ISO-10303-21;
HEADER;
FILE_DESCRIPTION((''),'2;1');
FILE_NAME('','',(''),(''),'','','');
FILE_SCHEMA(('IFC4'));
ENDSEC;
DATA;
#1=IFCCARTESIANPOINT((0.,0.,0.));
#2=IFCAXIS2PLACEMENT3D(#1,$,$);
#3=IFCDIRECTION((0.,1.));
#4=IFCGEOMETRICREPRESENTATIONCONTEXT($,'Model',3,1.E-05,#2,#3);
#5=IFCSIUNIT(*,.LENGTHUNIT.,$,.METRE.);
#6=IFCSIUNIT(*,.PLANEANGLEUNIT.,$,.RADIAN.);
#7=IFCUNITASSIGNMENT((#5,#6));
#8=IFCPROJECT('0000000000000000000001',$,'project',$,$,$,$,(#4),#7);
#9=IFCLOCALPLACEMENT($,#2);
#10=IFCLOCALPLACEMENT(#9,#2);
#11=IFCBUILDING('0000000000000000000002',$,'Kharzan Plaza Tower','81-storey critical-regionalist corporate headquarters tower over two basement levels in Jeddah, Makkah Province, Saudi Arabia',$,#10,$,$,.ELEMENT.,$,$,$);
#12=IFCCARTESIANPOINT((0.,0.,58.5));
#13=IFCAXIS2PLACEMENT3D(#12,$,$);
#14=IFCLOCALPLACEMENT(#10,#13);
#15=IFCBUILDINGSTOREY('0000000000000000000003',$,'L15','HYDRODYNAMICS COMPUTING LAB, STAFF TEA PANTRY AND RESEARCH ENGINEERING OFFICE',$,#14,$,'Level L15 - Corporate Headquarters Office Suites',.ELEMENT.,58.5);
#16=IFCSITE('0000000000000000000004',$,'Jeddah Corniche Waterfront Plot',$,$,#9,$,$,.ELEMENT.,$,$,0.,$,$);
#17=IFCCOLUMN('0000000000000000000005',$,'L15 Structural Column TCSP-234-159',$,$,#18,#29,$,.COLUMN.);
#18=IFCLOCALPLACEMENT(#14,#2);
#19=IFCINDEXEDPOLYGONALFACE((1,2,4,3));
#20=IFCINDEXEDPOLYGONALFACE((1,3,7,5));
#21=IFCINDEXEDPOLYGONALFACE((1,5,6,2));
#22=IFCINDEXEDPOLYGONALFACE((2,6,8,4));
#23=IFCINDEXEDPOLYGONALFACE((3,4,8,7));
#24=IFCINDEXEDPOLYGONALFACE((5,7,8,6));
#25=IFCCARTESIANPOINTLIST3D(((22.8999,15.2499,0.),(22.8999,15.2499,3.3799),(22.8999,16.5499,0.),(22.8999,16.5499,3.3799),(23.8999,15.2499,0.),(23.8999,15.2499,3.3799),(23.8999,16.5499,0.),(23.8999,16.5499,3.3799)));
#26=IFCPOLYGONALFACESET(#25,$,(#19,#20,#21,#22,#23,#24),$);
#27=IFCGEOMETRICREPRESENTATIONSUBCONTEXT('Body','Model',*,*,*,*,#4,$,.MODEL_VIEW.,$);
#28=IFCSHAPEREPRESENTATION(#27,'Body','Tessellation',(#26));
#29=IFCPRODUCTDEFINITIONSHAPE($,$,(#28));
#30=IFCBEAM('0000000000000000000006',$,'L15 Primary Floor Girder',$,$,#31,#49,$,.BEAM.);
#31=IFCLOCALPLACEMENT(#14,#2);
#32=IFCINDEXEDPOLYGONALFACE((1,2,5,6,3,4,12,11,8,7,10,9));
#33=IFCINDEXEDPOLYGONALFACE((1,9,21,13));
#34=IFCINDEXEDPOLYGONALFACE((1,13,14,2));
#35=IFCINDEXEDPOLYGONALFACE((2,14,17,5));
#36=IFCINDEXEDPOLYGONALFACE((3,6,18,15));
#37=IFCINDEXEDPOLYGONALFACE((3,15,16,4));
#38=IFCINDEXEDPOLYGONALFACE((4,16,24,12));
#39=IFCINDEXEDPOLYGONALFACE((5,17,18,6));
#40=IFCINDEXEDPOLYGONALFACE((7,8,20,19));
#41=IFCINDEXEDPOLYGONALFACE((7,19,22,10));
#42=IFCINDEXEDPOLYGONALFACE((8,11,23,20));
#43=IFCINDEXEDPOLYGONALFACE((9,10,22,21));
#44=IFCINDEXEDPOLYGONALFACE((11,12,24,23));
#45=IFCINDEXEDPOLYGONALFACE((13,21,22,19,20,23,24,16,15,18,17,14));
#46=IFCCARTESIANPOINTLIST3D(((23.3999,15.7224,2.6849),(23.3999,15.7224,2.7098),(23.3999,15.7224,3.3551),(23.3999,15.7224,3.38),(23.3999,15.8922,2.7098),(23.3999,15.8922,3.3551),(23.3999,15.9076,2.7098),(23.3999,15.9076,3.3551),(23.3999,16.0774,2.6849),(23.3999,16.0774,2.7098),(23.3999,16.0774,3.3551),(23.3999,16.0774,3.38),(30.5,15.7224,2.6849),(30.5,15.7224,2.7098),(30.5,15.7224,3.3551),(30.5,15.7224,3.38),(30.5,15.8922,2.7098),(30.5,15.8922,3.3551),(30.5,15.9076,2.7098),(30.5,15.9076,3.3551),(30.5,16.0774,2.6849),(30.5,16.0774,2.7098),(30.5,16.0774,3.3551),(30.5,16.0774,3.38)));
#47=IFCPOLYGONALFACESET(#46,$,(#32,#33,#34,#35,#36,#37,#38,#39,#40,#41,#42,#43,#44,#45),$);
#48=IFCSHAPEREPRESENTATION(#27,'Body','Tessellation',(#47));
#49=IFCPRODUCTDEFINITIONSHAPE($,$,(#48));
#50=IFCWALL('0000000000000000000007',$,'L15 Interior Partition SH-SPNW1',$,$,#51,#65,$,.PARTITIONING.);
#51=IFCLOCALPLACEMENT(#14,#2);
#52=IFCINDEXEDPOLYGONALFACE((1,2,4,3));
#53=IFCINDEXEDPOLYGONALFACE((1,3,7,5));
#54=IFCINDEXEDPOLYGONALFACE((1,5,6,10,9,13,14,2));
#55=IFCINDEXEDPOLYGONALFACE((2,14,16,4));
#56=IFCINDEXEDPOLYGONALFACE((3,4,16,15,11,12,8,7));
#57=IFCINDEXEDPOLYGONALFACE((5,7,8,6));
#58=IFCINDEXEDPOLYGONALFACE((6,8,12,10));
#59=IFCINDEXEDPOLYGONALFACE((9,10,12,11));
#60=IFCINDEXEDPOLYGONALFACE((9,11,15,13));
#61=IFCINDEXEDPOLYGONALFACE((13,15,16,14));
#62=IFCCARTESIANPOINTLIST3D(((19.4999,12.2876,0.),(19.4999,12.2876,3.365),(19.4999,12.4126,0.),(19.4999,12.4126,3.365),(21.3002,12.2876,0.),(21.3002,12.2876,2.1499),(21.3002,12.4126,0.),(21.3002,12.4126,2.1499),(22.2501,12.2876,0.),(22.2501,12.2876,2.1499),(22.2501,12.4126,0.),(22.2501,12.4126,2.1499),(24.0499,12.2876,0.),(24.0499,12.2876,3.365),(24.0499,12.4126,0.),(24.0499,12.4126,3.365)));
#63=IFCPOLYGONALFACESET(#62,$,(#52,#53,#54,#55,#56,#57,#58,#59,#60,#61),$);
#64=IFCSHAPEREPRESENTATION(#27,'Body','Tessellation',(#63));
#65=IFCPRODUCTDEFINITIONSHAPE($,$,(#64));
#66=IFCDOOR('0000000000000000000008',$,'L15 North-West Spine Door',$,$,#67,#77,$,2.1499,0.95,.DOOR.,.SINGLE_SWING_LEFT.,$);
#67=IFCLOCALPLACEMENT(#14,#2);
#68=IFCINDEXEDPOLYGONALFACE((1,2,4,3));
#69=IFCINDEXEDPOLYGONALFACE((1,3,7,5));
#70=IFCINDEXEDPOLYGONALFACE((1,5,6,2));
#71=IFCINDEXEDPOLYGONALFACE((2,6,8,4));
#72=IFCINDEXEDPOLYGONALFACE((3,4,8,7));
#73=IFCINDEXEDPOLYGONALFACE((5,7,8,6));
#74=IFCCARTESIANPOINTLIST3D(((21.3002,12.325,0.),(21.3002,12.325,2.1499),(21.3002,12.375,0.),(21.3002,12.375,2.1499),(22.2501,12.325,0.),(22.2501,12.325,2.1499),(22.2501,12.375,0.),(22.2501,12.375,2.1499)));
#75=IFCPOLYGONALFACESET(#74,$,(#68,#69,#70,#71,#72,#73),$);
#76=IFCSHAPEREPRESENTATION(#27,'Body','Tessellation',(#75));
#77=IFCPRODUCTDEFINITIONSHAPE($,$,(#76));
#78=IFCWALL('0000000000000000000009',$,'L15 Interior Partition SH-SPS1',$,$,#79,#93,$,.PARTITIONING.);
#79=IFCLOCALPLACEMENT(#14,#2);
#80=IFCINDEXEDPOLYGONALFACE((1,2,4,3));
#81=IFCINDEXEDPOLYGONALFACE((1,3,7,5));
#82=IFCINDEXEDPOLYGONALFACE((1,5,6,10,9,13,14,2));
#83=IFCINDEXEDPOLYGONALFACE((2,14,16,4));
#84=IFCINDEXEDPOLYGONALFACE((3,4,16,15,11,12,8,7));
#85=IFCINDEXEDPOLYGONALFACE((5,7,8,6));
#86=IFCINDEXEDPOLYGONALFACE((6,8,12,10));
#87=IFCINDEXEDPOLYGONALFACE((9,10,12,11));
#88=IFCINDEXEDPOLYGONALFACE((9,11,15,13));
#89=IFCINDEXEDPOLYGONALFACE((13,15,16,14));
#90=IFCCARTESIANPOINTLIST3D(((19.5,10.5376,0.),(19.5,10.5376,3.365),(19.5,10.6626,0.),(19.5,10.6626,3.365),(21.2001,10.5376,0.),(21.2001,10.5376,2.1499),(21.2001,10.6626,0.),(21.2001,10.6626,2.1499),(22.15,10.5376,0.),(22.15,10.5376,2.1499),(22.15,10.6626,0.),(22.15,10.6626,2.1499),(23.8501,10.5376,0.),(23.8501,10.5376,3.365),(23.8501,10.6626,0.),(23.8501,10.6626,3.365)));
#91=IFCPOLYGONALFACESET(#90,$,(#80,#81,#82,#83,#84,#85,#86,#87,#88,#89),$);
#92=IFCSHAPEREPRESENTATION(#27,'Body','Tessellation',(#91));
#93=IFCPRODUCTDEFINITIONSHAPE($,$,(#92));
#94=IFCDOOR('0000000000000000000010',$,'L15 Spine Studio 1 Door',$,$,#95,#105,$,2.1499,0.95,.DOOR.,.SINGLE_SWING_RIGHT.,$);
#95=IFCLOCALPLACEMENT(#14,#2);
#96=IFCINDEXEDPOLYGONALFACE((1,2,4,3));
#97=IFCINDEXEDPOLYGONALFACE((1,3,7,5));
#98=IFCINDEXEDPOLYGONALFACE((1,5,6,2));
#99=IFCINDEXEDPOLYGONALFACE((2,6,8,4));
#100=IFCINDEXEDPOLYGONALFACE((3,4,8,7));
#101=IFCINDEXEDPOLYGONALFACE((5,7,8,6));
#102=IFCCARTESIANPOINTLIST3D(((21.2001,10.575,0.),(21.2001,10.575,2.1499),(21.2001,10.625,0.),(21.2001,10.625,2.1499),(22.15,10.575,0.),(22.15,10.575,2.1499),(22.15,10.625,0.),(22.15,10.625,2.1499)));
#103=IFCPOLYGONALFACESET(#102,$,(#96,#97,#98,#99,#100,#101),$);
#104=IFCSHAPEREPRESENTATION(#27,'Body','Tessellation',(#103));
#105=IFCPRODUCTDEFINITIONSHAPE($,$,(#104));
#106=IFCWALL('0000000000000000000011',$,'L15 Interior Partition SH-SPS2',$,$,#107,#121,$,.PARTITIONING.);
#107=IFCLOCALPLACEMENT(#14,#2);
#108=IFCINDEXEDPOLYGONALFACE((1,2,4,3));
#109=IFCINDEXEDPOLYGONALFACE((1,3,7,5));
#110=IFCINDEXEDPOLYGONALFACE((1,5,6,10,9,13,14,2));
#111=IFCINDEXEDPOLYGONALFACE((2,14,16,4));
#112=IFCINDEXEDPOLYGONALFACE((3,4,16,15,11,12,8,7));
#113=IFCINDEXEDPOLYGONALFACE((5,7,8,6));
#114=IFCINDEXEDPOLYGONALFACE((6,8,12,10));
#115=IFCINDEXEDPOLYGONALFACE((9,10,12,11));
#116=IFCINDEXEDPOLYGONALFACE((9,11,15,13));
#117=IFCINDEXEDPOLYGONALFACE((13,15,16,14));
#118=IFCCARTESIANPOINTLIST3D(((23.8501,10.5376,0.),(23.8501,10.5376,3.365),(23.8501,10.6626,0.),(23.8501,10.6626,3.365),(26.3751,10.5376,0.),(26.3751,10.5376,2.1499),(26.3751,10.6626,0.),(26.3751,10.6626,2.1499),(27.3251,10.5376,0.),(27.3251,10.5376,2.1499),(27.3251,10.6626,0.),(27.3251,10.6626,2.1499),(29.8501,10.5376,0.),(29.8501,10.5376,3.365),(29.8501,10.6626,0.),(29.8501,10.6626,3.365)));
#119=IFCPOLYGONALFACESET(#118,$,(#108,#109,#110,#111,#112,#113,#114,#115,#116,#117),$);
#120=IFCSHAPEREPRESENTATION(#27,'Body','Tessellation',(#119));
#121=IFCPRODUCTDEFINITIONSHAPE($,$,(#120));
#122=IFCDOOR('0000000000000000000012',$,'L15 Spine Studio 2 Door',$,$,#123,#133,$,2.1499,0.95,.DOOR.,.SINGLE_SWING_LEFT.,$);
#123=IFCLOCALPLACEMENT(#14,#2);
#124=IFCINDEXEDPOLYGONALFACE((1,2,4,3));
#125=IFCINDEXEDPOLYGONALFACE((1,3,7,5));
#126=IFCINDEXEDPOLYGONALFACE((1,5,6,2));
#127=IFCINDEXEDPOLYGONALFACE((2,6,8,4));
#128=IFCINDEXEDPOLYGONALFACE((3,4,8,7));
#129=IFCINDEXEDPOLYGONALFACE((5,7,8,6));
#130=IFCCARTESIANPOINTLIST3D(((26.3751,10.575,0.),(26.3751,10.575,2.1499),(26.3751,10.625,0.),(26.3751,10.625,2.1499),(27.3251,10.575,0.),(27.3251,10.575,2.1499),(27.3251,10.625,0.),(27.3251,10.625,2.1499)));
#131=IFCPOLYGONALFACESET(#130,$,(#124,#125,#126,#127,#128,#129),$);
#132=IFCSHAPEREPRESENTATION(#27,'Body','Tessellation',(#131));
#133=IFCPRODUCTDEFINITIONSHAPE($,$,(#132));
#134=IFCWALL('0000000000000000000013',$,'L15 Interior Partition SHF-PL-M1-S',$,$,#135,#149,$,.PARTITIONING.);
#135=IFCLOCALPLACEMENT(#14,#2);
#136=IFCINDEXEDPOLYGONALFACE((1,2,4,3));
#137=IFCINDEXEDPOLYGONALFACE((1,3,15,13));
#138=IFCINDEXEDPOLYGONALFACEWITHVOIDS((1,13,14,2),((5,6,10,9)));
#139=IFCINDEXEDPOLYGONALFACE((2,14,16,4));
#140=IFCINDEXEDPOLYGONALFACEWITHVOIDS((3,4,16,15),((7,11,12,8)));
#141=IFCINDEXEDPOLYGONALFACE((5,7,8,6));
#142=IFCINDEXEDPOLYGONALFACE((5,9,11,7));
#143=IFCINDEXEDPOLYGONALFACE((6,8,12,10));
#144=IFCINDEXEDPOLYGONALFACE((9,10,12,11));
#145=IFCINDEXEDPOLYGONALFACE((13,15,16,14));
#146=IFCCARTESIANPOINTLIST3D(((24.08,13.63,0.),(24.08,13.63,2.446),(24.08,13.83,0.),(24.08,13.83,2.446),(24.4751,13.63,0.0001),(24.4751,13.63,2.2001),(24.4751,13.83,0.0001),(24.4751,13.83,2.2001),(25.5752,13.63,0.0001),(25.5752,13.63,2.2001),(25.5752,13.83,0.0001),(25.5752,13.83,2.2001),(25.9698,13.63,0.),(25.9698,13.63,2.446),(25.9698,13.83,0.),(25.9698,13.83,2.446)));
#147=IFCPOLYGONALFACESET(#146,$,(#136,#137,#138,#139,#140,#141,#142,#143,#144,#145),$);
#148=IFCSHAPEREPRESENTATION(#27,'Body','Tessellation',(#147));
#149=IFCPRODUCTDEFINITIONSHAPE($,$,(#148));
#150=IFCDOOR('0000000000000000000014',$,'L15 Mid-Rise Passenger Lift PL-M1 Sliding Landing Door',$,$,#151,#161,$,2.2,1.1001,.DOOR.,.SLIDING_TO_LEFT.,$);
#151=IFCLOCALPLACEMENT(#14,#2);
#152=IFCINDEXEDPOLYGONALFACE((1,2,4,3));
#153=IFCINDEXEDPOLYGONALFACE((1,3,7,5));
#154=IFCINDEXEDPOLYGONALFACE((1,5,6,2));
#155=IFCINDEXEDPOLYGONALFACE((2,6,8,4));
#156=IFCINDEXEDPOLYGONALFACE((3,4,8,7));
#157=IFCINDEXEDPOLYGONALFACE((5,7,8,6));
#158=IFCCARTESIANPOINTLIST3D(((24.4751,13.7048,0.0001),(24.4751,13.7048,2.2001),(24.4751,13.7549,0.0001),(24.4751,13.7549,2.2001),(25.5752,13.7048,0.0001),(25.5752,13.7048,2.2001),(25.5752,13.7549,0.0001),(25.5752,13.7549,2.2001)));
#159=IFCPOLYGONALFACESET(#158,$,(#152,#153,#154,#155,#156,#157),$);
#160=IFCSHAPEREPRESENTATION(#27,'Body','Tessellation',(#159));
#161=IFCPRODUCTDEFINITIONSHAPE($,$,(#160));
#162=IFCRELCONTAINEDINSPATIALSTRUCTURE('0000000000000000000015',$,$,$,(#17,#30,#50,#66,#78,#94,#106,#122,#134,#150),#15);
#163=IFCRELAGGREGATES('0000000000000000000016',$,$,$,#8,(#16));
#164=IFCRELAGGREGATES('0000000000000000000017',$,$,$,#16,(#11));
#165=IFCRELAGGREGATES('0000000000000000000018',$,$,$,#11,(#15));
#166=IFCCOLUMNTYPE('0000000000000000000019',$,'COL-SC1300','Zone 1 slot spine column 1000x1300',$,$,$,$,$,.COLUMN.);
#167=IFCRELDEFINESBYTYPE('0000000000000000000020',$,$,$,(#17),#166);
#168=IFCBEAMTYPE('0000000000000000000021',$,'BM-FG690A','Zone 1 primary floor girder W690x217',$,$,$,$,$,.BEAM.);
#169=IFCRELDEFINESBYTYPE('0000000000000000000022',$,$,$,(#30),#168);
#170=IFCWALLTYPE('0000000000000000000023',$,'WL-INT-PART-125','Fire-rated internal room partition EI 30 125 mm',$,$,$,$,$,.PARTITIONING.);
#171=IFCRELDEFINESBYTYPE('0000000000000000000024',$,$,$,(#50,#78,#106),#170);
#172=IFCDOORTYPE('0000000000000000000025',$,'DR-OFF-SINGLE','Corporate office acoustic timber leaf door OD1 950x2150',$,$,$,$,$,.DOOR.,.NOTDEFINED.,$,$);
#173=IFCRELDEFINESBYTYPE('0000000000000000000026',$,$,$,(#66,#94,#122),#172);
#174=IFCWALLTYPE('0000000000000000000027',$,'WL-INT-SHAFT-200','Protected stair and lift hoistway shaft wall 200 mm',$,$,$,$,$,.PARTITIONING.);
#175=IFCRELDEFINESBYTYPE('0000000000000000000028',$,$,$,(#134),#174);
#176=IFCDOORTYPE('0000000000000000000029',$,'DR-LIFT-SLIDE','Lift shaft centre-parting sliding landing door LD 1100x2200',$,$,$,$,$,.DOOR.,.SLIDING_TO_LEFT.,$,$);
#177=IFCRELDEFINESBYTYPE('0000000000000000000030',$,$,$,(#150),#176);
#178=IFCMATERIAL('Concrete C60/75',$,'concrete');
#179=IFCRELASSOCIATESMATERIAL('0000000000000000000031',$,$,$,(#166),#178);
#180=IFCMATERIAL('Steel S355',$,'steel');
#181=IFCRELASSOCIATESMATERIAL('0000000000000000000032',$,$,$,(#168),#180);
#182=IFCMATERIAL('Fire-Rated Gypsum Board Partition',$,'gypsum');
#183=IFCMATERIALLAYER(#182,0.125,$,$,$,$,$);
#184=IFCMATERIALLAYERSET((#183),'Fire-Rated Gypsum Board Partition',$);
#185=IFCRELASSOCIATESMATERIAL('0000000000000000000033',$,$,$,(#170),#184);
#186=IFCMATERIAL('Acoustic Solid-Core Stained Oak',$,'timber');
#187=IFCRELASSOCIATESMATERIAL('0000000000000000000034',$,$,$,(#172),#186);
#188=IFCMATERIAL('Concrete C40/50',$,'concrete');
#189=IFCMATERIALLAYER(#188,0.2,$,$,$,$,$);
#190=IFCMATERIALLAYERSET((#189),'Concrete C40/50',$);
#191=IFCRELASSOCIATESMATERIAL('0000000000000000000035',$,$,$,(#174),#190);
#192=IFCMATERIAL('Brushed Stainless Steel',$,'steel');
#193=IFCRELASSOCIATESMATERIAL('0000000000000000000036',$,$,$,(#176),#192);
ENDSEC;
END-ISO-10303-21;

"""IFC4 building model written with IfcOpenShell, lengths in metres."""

from ifc_helpers import new_model, si_unit, direction, frame, frame_2d, origin, origin_2d, place, context, subcontext, project, spatial, rectangle, i_section, extrude, source, transform, mapped, material, layer, layer_set, material_profile, profile_set, type_object, element, fill, save


model = new_model("IFC4")

# Units and contexts
model_context = context("Model", 3, precision=1e-05, world=origin(), true_north=direction((0.0, 1.0)))
body_context = subcontext(model_context, "Body", "Model", "MODEL_VIEW")
ifc_project = project(units=[si_unit("LENGTHUNIT", "METRE"), si_unit("PLANEANGLEUNIT", "RADIAN")], contexts=[model_context])

# Site, building, storey
site_placement = place(None, origin())
site = spatial("IfcSite", under=ifc_project, at=site_placement, Name="Jeddah Corniche Waterfront Plot", CompositionType="ELEMENT", RefElevation=0.0)
building_placement = place(site_placement, origin())
building = spatial("IfcBuilding", under=site, at=building_placement, Name="Kharzan Plaza Tower", Description="81-storey critical-regionalist corporate headquarters tower over two basement levels in Jeddah, Makkah Province, Saudi Arabia", CompositionType="ELEMENT")
storey_placement = place(building_placement, frame((0.0, 0.0, 58.5)))
storey = spatial("IfcBuildingStorey", under=building, at=storey_placement, Name="L15", Description="HYDRODYNAMICS COMPUTING LAB, STAFF TEA PANTRY AND RESEARCH ENGINEERING OFFICE", LongName="Level L15 - Corporate Headquarters Office Suites", CompositionType="ELEMENT", Elevation=58.5)

# Column
ifc_material_1 = material(Name="Concrete C60/75", Category="concrete")
ifc_material_profile_1 = material_profile(ifc_material_1, rectangle(XDim=1.0, YDim=1.3, at=origin_2d()), Name="RC-SC1300x1000")
ifc_profile_set_1 = profile_set([ifc_material_profile_1], Name="Concrete C60/75")
column_type = type_object("IfcColumnType", Name="COL-SC1300", Description="Zone 1 slot spine column 1000x1300", PredefinedType="COLUMN", material=ifc_profile_set_1)
shared_shape_1 = source(origin(), body_context, "Body", "SweptSolid", [
    extrude(rectangle(XDim=1.0, YDim=1.3, at=origin_2d()), origin(), (0.0, 0.0, 1.0), 3.3799),
])
column_placement = place(storey_placement, frame((23.3999, 15.8999, 0.0), z_axis=(0.0, 0.0, 1.0), x_axis=(1.0, 0.0, 0.0)))
element("IfcColumn", 1, at=column_placement, inside=storey, type_object=column_type, Name="L15 Structural Column TCSP-234-159", PredefinedType="COLUMN", context=body_context, shape_type="MappedRepresentation", body=[
    mapped(shared_shape_1, transform((0.0, 0.0, 0.0), x_axis=(1.0, 0.0, 0.0), y_axis=(0.0, 1.0, 0.0), z_axis=(0.0, 0.0, 1.0))),
])

# Beam
ifc_material_2 = material(Name="Steel S355", Category="steel")
ifc_material_profile_2 = material_profile(ifc_material_2, i_section(OverallWidth=0.355, OverallDepth=0.6951, WebThickness=0.0154, FlangeThickness=0.0249, at=origin_2d()), Name="W690x217")
ifc_profile_set_2 = profile_set([ifc_material_profile_2], Name="Steel S355")
beam_type = type_object("IfcBeamType", Name="BM-FG690A", Description="Zone 1 primary floor girder W690x217", PredefinedType="BEAM", material=ifc_profile_set_2)
shared_shape_2 = source(origin(), body_context, "Body", "SweptSolid", [
    extrude(i_section(OverallWidth=0.355, OverallDepth=0.6951, WebThickness=0.0154, FlangeThickness=0.0249, at=origin_2d()), origin(), (0.0, 0.0, 1.0), 7.1001),
])
beam_placement = place(storey_placement, frame((23.3999, 15.8999, 3.0325), z_axis=(1.0, 0.0, 0.0), x_axis=(0.0, 1.0, 0.0)))
element("IfcBeam", 2, at=beam_placement, inside=storey, type_object=beam_type, Name="L15 Primary Floor Girder", PredefinedType="BEAM", context=body_context, shape_type="MappedRepresentation", body=[
    mapped(shared_shape_2, transform((0.0, 0.0, 0.0), x_axis=(1.0, 0.0, 0.0), y_axis=(0.0, 1.0, 0.0), z_axis=(0.0, 0.0, 1.0))),
])

# Walls, openings, doors
ifc_material_3 = material(Name="Fire-Rated Gypsum Board Partition", Category="gypsum")
ifc_layer_1 = layer(ifc_material_3, 0.125)
ifc_layer_set_1 = layer_set([ifc_layer_1], Name="Fire-Rated Gypsum Board Partition")
wall_type_1 = type_object("IfcWallType", Name="WL-INT-PART-125", Description="Fire-rated internal room partition EI 30 125 mm", PredefinedType="PARTITIONING", material=ifc_layer_set_1)
wall_1_placement = place(storey_placement, frame((19.5, 12.3501, 0.0), z_axis=(0.0, 0.0, 1.0), x_axis=(1.0, 0.0, 0.0)))
wall_1 = element("IfcWall", 3, at=wall_1_placement, inside=storey, type_object=wall_type_1, Name="L15 Interior Partition SH-SPNW1", PredefinedType="PARTITIONING", context=body_context, shape_type="SweptSolid", body=[
    extrude(rectangle(XDim=4.55, YDim=0.125, at=frame_2d((2.2749, 0.0))), origin(), (0.0, 0.0, 1.0), 3.365),
])
opening_1_placement = place(wall_1_placement, frame((1.8, 0.0, 0.0)))
opening_1 = element("IfcOpeningElement", 4, at=opening_1_placement, cuts=wall_1, PredefinedType="OPENING", context=body_context, shape_type="SweptSolid", body=[
    extrude(rectangle(XDim=0.95, YDim=2.1499, at=frame_2d((0.4751, 1.075))), frame((0.0, 0.0725, 0.0), z_axis=(0.0, -1.0, 0.0), x_axis=(1.0, 0.0, 0.0)), (0.0, 0.0, 1.0), 0.145),
])
ifc_material_4 = material(Name="Acoustic Solid-Core Stained Oak", Category="timber")
door_type_1 = type_object("IfcDoorType", Name="DR-OFF-SINGLE", Description="Corporate office acoustic timber leaf door OD1 950x2150", OperationType="NOTDEFINED", PredefinedType="DOOR", material=ifc_material_4)
shared_shape_3 = source(origin(), body_context, "Body", "SweptSolid", [
    extrude(rectangle(XDim=0.95, YDim=2.1499, at=frame_2d((0.4751, 1.075))), frame((0.0, 0.0249, 0.0), z_axis=(0.0, -1.0, 0.0), x_axis=(1.0, 0.0, 0.0)), (0.0, 0.0, 1.0), 0.05),
])
door_1_placement = place(opening_1_placement, origin())
door_1 = element("IfcDoor", 5, at=door_1_placement, inside=storey, type_object=door_type_1, Name="L15 North-West Spine Door", OperationType="SINGLE_SWING_LEFT", OverallHeight=2.1499, OverallWidth=0.95, PredefinedType="DOOR", context=body_context, shape_type="MappedRepresentation", body=[
    mapped(shared_shape_3, transform((0.0, 0.0, 0.0), x_axis=(1.0, 0.0, 0.0), y_axis=(0.0, 1.0, 0.0), z_axis=(0.0, 0.0, 1.0))),
])
fill(opening_1, door_1)
wall_2_placement = place(storey_placement, frame((19.5, 10.6001, 0.0), z_axis=(0.0, 0.0, 1.0), x_axis=(1.0, 0.0, 0.0)))
wall_2 = element("IfcWall", 6, at=wall_2_placement, inside=storey, type_object=wall_type_1, Name="L15 Interior Partition SH-SPS1", PredefinedType="PARTITIONING", context=body_context, shape_type="SweptSolid", body=[
    extrude(rectangle(XDim=4.3501, YDim=0.125, at=frame_2d((2.175, 0.0))), origin(), (0.0, 0.0, 1.0), 3.365),
])
opening_2_placement = place(wall_2_placement, frame((1.7, 0.0, 0.0)))
opening_2 = element("IfcOpeningElement", 7, at=opening_2_placement, cuts=wall_2, PredefinedType="OPENING", context=body_context, shape_type="SweptSolid", body=[
    extrude(rectangle(XDim=0.95, YDim=2.1499, at=frame_2d((0.4751, 1.075))), frame((0.0, 0.0725, 0.0), z_axis=(0.0, -1.0, 0.0), x_axis=(1.0, 0.0, 0.0)), (0.0, 0.0, 1.0), 0.145),
])
door_2_placement = place(opening_2_placement, origin())
door_2 = element("IfcDoor", 8, at=door_2_placement, inside=storey, type_object=door_type_1, Name="L15 Spine Studio 1 Door", OperationType="SINGLE_SWING_RIGHT", OverallHeight=2.1499, OverallWidth=0.95, PredefinedType="DOOR", context=body_context, shape_type="MappedRepresentation", body=[
    mapped(shared_shape_3, transform((0.0, 0.0, 0.0), x_axis=(1.0, 0.0, 0.0), y_axis=(0.0, 1.0, 0.0), z_axis=(0.0, 0.0, 1.0))),
])
fill(opening_2, door_2)
wall_3_placement = place(storey_placement, frame((23.8501, 10.6001, 0.0), z_axis=(0.0, 0.0, 1.0), x_axis=(1.0, 0.0, 0.0)))
wall_3 = element("IfcWall", 9, at=wall_3_placement, inside=storey, type_object=wall_type_1, Name="L15 Interior Partition SH-SPS2", PredefinedType="PARTITIONING", context=body_context, shape_type="SweptSolid", body=[
    extrude(rectangle(XDim=6.0, YDim=0.125, at=frame_2d((3.0, 0.0))), origin(), (0.0, 0.0, 1.0), 3.365),
])
opening_3_placement = place(wall_3_placement, frame((2.5249, 0.0, 0.0)))
opening_3 = element("IfcOpeningElement", 10, at=opening_3_placement, cuts=wall_3, PredefinedType="OPENING", context=body_context, shape_type="SweptSolid", body=[
    extrude(rectangle(XDim=0.95, YDim=2.1499, at=frame_2d((0.4751, 1.075))), frame((0.0, 0.0725, 0.0), z_axis=(0.0, -1.0, 0.0), x_axis=(1.0, 0.0, 0.0)), (0.0, 0.0, 1.0), 0.145),
])
door_3_placement = place(opening_3_placement, origin())
door_3 = element("IfcDoor", 11, at=door_3_placement, inside=storey, type_object=door_type_1, Name="L15 Spine Studio 2 Door", OperationType="SINGLE_SWING_LEFT", OverallHeight=2.1499, OverallWidth=0.95, PredefinedType="DOOR", context=body_context, shape_type="MappedRepresentation", body=[
    mapped(shared_shape_3, transform((0.0, 0.0, 0.0), x_axis=(1.0, 0.0, 0.0), y_axis=(0.0, 1.0, 0.0), z_axis=(0.0, 0.0, 1.0))),
])
fill(opening_3, door_3)
ifc_material_5 = material(Name="Concrete C40/50", Category="concrete")
ifc_layer_2 = layer(ifc_material_5, 0.2)
ifc_layer_set_2 = layer_set([ifc_layer_2], Name="Concrete C40/50")
wall_type_2 = type_object("IfcWallType", Name="WL-INT-SHAFT-200", Description="Protected stair and lift hoistway shaft wall 200 mm", PredefinedType="PARTITIONING", material=ifc_layer_set_2)
wall_4_placement = place(storey_placement, frame((24.0801, 13.73, 0.0), z_axis=(0.0, 0.0, 1.0), x_axis=(1.0, 0.0, 0.0)))
wall_4 = element("IfcWall", 12, at=wall_4_placement, inside=storey, type_object=wall_type_2, Name="L15 Interior Partition SHF-PL-M1-S", PredefinedType="PARTITIONING", context=body_context, shape_type="SweptSolid", body=[
    extrude(rectangle(XDim=1.8899, YDim=0.2, at=frame_2d((0.9448, 0.0))), origin(), (0.0, 0.0, 1.0), 2.446),
])
opening_4_placement = place(wall_4_placement, frame((0.395, 0.0, 0.0)))
opening_4 = element("IfcOpeningElement", 13, at=opening_4_placement, cuts=wall_4, PredefinedType="OPENING", context=body_context, shape_type="SweptSolid", body=[
    extrude(rectangle(XDim=1.1001, YDim=2.2, at=frame_2d((0.55, 1.1001))), frame((0.0, 0.1099, 0.0), z_axis=(0.0, -1.0, 0.0), x_axis=(1.0, 0.0, 0.0)), (0.0, 0.0, 1.0), 0.22),
])
ifc_material_6 = material(Name="Brushed Stainless Steel", Category="steel")
door_type_2 = type_object("IfcDoorType", Name="DR-LIFT-SLIDE", Description="Lift shaft centre-parting sliding landing door LD 1100x2200", OperationType="SLIDING_TO_LEFT", PredefinedType="DOOR", material=ifc_material_6)
shared_shape_4 = source(origin(), body_context, "Body", "SweptSolid", [
    extrude(rectangle(XDim=1.1001, YDim=2.2, at=frame_2d((0.55, 1.1001))), frame((0.0, 0.0249, 0.0), z_axis=(0.0, -1.0, 0.0), x_axis=(1.0, 0.0, 0.0)), (0.0, 0.0, 1.0), 0.05),
])
door_4_placement = place(opening_4_placement, origin())
door_4 = element("IfcDoor", 14, at=door_4_placement, inside=storey, type_object=door_type_2, Name="L15 Mid-Rise Passenger Lift PL-M1 Sliding Landing Door", OperationType="SLIDING_TO_LEFT", OverallHeight=2.2, OverallWidth=1.1001, PredefinedType="DOOR", context=body_context, shape_type="MappedRepresentation", body=[
    mapped(shared_shape_4, transform((0.0, 0.0, 0.0), x_axis=(1.0, 0.0, 0.0), y_axis=(0.0, 1.0, 0.0), z_axis=(0.0, 0.0, 1.0))),
])
fill(opening_4, door_4)

save(model, "model.ifc")
